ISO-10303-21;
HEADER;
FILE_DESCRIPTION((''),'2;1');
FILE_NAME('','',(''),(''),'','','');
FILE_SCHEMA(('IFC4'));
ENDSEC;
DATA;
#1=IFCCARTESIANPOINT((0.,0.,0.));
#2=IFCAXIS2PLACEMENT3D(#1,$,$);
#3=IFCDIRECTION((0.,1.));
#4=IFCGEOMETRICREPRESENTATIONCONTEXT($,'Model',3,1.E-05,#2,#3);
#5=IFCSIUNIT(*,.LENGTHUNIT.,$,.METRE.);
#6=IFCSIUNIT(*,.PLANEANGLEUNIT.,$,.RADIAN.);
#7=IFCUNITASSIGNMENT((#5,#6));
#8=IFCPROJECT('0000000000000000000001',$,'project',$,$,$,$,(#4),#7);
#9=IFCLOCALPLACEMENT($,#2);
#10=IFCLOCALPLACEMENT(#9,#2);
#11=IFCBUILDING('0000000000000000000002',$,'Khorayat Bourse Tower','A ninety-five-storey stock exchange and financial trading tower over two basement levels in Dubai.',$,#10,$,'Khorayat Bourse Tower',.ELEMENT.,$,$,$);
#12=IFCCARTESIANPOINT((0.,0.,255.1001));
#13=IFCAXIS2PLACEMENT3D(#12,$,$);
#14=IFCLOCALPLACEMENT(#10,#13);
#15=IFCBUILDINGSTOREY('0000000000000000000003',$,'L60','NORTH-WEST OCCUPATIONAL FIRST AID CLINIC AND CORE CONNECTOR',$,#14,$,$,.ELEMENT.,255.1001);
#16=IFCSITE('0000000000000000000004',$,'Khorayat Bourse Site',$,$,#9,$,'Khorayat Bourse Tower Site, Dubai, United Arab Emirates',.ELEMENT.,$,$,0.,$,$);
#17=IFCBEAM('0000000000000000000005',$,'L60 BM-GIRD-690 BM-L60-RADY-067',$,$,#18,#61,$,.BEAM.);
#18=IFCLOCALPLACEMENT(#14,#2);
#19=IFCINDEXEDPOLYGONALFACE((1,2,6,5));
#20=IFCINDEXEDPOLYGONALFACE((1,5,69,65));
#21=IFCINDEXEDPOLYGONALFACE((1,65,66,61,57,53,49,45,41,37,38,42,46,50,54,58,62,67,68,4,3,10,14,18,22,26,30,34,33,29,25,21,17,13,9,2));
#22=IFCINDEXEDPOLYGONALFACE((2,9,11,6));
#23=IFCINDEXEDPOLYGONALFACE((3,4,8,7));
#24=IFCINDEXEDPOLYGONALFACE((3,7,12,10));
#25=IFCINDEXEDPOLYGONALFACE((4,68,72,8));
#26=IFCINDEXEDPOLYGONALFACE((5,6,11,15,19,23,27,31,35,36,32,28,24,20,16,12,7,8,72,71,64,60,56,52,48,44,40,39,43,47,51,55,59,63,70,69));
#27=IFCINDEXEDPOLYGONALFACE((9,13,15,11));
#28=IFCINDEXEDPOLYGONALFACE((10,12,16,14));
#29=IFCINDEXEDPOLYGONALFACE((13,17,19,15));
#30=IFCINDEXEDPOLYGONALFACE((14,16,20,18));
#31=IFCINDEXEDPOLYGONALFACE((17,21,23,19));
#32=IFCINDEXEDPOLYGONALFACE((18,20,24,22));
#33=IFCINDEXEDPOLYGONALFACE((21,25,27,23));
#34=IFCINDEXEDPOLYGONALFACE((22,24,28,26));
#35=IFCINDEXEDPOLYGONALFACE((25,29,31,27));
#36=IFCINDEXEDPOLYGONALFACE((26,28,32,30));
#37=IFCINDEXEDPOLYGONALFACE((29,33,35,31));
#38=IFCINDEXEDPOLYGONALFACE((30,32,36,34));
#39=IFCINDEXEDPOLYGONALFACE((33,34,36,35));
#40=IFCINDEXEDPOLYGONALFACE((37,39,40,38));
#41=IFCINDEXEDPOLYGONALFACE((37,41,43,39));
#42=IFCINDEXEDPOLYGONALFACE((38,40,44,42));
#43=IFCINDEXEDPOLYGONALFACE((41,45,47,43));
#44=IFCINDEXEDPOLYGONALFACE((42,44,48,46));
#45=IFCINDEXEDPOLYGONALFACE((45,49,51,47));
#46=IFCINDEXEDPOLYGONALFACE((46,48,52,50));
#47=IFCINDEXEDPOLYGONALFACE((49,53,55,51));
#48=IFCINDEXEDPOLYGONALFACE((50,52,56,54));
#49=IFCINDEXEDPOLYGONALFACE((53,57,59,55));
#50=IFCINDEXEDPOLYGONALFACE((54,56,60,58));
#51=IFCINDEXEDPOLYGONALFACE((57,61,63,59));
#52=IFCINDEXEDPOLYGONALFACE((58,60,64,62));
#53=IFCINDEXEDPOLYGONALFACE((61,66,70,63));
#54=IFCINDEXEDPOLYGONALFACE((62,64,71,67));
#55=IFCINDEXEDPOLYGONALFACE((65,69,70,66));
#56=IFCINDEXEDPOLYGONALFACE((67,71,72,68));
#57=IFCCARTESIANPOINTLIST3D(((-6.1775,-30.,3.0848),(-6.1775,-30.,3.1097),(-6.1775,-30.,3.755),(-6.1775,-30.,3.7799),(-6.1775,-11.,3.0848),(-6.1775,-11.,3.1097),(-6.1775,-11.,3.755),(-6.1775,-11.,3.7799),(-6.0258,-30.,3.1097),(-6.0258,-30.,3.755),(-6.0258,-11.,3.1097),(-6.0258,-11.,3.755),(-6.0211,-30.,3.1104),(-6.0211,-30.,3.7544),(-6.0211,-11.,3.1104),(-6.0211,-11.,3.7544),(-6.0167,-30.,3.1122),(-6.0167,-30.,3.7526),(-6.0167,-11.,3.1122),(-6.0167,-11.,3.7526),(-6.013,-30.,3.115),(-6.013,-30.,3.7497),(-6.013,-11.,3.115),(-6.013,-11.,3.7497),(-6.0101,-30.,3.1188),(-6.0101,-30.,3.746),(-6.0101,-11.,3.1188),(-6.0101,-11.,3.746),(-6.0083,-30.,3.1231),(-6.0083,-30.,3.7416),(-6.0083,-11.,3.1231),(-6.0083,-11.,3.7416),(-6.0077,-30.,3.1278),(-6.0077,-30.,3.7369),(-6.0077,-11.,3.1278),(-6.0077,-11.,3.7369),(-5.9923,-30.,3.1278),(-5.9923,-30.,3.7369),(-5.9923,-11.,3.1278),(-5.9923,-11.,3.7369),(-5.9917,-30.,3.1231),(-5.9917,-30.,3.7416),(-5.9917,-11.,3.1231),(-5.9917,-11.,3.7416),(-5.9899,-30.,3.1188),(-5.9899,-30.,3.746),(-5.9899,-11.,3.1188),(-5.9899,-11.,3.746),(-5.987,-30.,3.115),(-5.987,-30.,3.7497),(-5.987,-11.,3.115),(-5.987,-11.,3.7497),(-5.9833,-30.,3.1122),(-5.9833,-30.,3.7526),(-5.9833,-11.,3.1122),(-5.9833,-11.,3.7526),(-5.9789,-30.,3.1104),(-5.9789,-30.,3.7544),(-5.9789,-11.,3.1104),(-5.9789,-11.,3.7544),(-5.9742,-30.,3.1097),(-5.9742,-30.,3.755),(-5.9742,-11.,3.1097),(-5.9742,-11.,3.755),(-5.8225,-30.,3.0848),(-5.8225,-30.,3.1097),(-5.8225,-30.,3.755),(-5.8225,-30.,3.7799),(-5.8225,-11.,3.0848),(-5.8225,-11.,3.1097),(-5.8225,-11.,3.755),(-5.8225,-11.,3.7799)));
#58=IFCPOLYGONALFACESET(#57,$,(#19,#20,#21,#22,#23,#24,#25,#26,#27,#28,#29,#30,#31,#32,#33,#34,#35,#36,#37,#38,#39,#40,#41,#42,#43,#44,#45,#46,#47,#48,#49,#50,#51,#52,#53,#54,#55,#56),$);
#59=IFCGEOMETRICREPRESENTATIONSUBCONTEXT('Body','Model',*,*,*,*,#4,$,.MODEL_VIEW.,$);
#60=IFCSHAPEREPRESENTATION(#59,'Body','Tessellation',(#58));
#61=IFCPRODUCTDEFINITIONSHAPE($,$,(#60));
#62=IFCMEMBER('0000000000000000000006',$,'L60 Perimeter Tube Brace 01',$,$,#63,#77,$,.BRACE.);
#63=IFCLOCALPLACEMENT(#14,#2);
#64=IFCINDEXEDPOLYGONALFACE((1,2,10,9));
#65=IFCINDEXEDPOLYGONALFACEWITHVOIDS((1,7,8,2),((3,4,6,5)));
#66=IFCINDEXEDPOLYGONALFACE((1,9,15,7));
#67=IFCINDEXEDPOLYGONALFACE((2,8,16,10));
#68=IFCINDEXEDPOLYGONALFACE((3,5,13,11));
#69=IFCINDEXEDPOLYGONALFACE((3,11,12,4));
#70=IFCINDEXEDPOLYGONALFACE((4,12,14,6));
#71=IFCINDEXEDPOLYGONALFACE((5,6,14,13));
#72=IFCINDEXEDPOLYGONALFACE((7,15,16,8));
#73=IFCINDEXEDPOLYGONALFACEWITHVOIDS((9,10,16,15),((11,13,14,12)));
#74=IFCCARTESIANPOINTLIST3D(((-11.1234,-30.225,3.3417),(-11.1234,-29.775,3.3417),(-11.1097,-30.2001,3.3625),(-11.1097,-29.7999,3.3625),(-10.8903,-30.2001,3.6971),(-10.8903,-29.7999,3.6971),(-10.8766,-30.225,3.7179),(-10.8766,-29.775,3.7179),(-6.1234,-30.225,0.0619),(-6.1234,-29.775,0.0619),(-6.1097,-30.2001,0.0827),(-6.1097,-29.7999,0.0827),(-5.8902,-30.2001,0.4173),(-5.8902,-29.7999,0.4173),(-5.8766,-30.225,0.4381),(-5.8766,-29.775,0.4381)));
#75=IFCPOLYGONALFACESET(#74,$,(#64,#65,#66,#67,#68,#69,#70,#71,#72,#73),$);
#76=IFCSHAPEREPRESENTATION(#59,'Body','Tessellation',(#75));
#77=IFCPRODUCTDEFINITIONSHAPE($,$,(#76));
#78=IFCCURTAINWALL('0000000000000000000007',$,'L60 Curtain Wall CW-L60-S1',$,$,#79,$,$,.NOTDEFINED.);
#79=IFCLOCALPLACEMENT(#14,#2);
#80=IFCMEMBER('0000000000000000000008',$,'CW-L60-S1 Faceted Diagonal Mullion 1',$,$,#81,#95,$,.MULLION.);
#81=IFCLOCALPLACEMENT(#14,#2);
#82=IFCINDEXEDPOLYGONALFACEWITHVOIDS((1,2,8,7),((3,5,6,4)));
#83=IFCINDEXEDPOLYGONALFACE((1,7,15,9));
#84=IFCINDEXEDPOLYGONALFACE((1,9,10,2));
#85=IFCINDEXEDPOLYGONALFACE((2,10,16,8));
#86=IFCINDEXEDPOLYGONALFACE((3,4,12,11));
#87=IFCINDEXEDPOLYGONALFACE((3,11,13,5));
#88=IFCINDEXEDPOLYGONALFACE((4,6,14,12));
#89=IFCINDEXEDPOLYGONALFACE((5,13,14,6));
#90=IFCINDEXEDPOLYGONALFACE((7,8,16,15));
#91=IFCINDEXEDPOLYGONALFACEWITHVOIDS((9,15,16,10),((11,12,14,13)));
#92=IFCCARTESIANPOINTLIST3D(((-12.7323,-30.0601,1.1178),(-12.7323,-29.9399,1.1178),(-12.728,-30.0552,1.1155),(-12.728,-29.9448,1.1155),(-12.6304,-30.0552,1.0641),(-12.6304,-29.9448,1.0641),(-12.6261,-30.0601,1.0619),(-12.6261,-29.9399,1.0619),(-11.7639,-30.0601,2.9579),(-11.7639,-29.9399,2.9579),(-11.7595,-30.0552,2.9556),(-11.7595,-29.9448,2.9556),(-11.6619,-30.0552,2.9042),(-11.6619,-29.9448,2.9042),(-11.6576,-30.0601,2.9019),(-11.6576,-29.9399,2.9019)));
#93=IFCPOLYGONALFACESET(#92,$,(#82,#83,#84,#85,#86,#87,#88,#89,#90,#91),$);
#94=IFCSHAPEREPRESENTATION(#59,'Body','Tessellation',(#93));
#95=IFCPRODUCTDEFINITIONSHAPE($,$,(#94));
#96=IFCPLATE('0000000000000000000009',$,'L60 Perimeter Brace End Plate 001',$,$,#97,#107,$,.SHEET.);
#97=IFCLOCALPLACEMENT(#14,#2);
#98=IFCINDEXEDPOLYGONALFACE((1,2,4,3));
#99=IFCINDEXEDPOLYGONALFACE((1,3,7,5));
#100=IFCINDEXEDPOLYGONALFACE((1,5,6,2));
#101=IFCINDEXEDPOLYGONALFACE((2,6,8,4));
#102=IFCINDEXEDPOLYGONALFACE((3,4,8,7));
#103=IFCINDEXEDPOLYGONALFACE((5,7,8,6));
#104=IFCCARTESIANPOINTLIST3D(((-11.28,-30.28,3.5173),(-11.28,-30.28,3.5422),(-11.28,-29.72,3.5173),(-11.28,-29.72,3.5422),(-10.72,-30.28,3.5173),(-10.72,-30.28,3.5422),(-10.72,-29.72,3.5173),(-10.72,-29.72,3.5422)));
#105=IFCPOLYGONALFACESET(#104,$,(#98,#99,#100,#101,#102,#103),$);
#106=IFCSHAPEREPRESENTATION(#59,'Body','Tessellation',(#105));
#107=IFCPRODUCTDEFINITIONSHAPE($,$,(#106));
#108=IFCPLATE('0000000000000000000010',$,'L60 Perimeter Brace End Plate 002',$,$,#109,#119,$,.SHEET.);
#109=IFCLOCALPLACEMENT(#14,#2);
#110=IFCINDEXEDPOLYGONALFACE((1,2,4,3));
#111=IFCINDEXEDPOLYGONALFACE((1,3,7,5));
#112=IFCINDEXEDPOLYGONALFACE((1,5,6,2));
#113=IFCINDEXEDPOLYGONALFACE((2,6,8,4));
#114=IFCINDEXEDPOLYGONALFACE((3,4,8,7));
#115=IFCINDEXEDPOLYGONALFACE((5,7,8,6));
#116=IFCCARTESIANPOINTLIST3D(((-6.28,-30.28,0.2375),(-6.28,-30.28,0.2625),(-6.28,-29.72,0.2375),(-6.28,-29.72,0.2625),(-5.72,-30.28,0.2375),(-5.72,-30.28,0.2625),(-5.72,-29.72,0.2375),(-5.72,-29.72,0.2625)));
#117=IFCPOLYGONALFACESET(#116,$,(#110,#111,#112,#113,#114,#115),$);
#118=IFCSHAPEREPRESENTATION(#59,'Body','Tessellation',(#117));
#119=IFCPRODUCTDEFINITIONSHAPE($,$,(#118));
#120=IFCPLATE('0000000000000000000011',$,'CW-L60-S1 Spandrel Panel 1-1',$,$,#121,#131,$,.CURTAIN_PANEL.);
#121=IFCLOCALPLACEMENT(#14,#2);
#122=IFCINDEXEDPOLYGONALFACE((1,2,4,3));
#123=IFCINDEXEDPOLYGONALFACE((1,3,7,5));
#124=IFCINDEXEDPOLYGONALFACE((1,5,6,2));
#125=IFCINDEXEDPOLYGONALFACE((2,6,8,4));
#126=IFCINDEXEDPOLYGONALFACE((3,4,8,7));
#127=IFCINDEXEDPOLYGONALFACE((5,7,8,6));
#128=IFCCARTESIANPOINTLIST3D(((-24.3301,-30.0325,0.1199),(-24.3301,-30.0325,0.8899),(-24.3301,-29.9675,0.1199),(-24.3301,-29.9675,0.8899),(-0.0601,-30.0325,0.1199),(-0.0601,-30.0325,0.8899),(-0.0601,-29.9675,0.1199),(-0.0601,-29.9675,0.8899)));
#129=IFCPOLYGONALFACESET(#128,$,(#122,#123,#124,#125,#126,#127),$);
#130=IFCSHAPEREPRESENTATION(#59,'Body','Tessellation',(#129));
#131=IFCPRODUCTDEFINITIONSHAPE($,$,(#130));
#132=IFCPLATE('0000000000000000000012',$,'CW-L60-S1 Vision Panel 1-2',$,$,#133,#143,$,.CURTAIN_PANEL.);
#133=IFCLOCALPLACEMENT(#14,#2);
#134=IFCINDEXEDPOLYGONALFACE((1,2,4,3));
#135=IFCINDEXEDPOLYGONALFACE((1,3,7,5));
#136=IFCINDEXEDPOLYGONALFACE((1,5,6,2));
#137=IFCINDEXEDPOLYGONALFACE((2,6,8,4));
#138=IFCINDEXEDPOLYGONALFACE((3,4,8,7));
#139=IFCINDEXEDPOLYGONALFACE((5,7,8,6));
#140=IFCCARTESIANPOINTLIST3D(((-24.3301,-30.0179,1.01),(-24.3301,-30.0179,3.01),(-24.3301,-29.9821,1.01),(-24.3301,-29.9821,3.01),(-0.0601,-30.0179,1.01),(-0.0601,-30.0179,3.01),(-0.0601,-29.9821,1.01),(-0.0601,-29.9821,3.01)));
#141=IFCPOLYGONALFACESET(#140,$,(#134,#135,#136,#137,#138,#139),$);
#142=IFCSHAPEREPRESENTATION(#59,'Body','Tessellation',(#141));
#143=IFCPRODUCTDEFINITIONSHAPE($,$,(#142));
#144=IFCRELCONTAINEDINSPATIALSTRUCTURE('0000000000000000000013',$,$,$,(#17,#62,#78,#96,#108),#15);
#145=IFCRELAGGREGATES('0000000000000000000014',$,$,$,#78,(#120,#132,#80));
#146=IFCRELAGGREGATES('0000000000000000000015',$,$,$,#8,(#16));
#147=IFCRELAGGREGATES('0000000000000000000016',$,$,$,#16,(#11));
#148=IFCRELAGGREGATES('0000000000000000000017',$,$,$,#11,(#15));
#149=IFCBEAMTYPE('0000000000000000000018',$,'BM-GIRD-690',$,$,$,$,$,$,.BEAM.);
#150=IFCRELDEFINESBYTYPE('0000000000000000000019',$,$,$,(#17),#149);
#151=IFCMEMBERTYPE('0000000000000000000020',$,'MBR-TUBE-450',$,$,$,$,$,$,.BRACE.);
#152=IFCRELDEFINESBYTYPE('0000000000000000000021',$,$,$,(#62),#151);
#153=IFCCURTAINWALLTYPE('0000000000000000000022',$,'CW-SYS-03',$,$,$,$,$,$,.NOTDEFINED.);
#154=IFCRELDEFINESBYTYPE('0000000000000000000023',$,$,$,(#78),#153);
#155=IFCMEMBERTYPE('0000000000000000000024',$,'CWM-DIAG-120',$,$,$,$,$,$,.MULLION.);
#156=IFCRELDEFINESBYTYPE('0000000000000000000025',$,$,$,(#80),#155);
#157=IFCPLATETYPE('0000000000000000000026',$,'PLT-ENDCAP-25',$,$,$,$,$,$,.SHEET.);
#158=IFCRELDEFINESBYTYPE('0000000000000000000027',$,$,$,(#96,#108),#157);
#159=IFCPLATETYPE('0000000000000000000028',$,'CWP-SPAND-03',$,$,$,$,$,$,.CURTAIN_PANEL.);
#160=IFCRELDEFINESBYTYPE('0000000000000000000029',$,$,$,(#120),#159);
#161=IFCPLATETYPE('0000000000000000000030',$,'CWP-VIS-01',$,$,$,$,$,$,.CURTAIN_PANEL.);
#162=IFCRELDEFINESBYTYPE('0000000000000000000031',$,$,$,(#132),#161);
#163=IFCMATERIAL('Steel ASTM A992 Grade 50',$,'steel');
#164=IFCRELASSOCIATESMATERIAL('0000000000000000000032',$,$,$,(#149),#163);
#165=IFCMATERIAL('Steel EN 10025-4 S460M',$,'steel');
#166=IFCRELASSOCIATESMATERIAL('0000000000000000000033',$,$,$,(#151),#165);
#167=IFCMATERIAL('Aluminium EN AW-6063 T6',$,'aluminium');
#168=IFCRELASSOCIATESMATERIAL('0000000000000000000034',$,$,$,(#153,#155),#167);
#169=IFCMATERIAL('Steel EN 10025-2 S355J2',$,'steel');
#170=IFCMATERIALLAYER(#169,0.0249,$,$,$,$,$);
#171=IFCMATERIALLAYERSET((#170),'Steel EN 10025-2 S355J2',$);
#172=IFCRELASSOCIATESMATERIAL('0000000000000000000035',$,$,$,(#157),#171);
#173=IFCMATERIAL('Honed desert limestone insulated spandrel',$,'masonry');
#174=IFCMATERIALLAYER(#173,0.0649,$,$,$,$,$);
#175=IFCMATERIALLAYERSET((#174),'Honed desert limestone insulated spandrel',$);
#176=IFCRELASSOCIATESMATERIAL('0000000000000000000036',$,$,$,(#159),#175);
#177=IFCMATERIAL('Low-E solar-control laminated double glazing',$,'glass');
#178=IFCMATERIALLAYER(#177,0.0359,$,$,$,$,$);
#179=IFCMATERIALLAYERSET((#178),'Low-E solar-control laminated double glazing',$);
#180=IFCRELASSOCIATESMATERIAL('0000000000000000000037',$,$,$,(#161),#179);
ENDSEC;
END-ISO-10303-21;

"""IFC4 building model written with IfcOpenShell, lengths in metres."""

from ifc_helpers import new_model, si_unit, direction, frame, origin, origin_2d, place, context, subcontext, project, spatial, rectangle, hollow_rectangle, i_section, extrude, source, transform, mapped, material, layer, layer_set, material_profile, profile_set, type_object, element, aggregate, save


model = new_model("IFC4")

# Units and contexts
model_context = context("Model", 3, precision=1e-05, world=origin(), true_north=direction((0.0, 1.0)))
body_context = subcontext(model_context, "Body", "Model", "MODEL_VIEW")
ifc_project = project(units=[si_unit("LENGTHUNIT", "METRE"), si_unit("PLANEANGLEUNIT", "RADIAN")], contexts=[model_context])

# Site, building, storey
site_placement = place(None, origin())
site = spatial("IfcSite", under=ifc_project, at=site_placement, Name="Khorayat Bourse Site", LongName="Khorayat Bourse Tower Site, Dubai, United Arab Emirates", CompositionType="ELEMENT", RefElevation=0.0)
building_placement = place(site_placement, origin())
building = spatial("IfcBuilding", under=site, at=building_placement, Name="Khorayat Bourse Tower", Description="A ninety-five-storey stock exchange and financial trading tower over two basement levels in Dubai.", LongName="Khorayat Bourse Tower", CompositionType="ELEMENT")
storey_placement = place(building_placement, frame((0.0, 0.0, 255.1001)))
storey = spatial("IfcBuildingStorey", under=building, at=storey_placement, Name="L60", Description="NORTH-WEST OCCUPATIONAL FIRST AID CLINIC AND CORE CONNECTOR", CompositionType="ELEMENT", Elevation=255.1001)

# Shared definitions
ifc_material_1 = material(Name="Steel EN 10025-4 S460M", Category="steel")

# Beam
ifc_material_2 = material(Name="Steel ASTM A992 Grade 50", Category="steel")
ifc_material_profile_1 = material_profile(ifc_material_2, i_section(OverallWidth=0.355, OverallDepth=0.6951, WebThickness=0.0154, FlangeThickness=0.0249, FilletRadius=0.0181, at=origin_2d()), Name="W690X217")
ifc_profile_set_1 = profile_set([ifc_material_profile_1], Name="Steel ASTM A992 Grade 50")
beam_type_1 = type_object("IfcBeamType", Name="BM-GIRD-690", PredefinedType="BEAM", material=ifc_profile_set_1)
shared_shape_1 = source(origin(), body_context, "Body", "SweptSolid", [
    extrude(i_section(OverallWidth=0.355, OverallDepth=0.6951, WebThickness=0.0154, FlangeThickness=0.0249, FilletRadius=0.0181, at=origin_2d()), origin(), (0.0, 0.0, 1.0), 19.0),
])
for number, where, z_axis, x_axis, name in (
    (1, (-6.0, -30.0, 3.4324), (0.0, 1.0, 0.0), (-1.0, 0.0, 0.0), "L60 BM-GIRD-690 BM-L60-RADY-067"),
):
    element("IfcBeam", number, at=place(storey_placement, frame(where, z_axis=z_axis, x_axis=x_axis)), inside=storey, type_object=beam_type_1, Name=name, PredefinedType="BEAM", context=body_context, shape_type="MappedRepresentation", body=[
        mapped(shared_shape_1, transform((0.0, 0.0, 0.0), scale=1.0)),
    ])

# Member
ifc_material_profile_2 = material_profile(ifc_material_1, hollow_rectangle(XDim=0.45, YDim=0.45, WallThickness=0.0249, at=origin_2d()), Name="HSS 450x450x25")
ifc_profile_set_2 = profile_set([ifc_material_profile_2], Name="Steel EN 10025-4 S460M")
member_type_1 = type_object("IfcMemberType", Name="MBR-TUBE-450", PredefinedType="BRACE", material=ifc_profile_set_2)
shared_shape_2 = source(origin(), body_context, "Body", "SweptSolid", [
    extrude(hollow_rectangle(XDim=0.45, YDim=0.45, WallThickness=0.0249, at=origin_2d()), origin(), (0.0, 0.0, 1.0), 5.9797),
])
member_1_placement = place(storey_placement, frame((-11.0, -30.0, 3.5298), z_axis=(0.83616, 0.0, -0.548485), x_axis=(0.0, 1.0, 0.0)))
element("IfcMember", 2, at=member_1_placement, inside=storey, type_object=member_type_1, Name="L60 Perimeter Tube Brace 01", PredefinedType="BRACE", context=body_context, shape_type="MappedRepresentation", body=[
    mapped(shared_shape_2, transform((0.0, 0.0, 0.0), scale=1.0)),
])

# Curtain wall, member
ifc_material_3 = material(Name="Aluminium EN AW-6063 T6", Category="aluminium")
curtain_wall_type = type_object("IfcCurtainWallType", Name="CW-SYS-03", PredefinedType="NOTDEFINED", material=ifc_material_3)
curtain_wall_placement = place(storey_placement, origin())
curtain_wall = element("IfcCurtainWall", 3, at=curtain_wall_placement, inside=storey, type_object=curtain_wall_type, Name="L60 Curtain Wall CW-L60-S1", PredefinedType="NOTDEFINED")
ifc_material_profile_3 = material_profile(ifc_material_3, hollow_rectangle(XDim=0.1201, YDim=0.1201, WallThickness=0.0049, at=origin_2d()), Name="ALU 120x120x5")
ifc_profile_set_3 = profile_set([ifc_material_profile_3], Name="Aluminium EN AW-6063 T6")
member_type_2 = type_object("IfcMemberType", Name="CWM-DIAG-120", PredefinedType="MULLION", material=ifc_profile_set_3)
shared_shape_3 = source(origin(), body_context, "Body", "SweptSolid", [
    extrude(hollow_rectangle(XDim=0.1201, YDim=0.1201, WallThickness=0.0049, at=origin_2d()), origin(), (0.0, 0.0, 1.0), 2.0793),
])
member_2_placement = place(storey_placement, frame((-12.6792, -30.0, 1.0898), z_axis=(0.465761, 0.0, 0.884911), x_axis=(0.0, 1.0, 0.0)))
member_2 = element("IfcMember", 4, at=member_2_placement, type_object=member_type_2, Name="CW-L60-S1 Faceted Diagonal Mullion 1", PredefinedType="MULLION", context=body_context, shape_type="MappedRepresentation", body=[
    mapped(shared_shape_3, transform((0.0, 0.0, 0.0), scale=1.0)),
])

# Plates
ifc_material_4 = material(Name="Steel EN 10025-2 S355J2", Category="steel")
ifc_layer_1 = layer(ifc_material_4, 0.0249)
ifc_layer_set_1 = layer_set([ifc_layer_1], Name="Steel EN 10025-2 S355J2")
plate_type_1 = type_object("IfcPlateType", Name="PLT-ENDCAP-25", PredefinedType="SHEET", material=ifc_layer_set_1)
shared_shape_4 = source(origin(), body_context, "Body", "SweptSolid", [
    extrude(rectangle(XDim=0.5601, YDim=0.5601, at=origin_2d()), origin(), (0.0, 0.0, 1.0), 0.0249),
])
for number, where, z_axis, x_axis, name in (
    (5, (-11.0, -30.0, 3.5173), (0.0, 0.0, 1.0), (1.0, 0.0, 0.0), "L60 Perimeter Brace End Plate 001"),
    (6, (-6.0, -30.0, 0.2375), (0.0, 0.0, 1.0), (1.0, 0.0, 0.0), "L60 Perimeter Brace End Plate 002"),
):
    element("IfcPlate", number, at=place(storey_placement, frame(where, z_axis=z_axis, x_axis=x_axis)), inside=storey, type_object=plate_type_1, Name=name, PredefinedType="SHEET", context=body_context, shape_type="MappedRepresentation", body=[
        mapped(shared_shape_4, transform((0.0, 0.0, 0.0), scale=1.0)),
    ])

# Plates
ifc_material_5 = material(Name="Honed desert limestone insulated spandrel", Category="masonry")
ifc_layer_2 = layer(ifc_material_5, 0.0649)
ifc_layer_set_2 = layer_set([ifc_layer_2], Name="Honed desert limestone insulated spandrel")
plate_type_2 = type_object("IfcPlateType", Name="CWP-SPAND-03", PredefinedType="CURTAIN_PANEL", material=ifc_layer_set_2)
shared_shape_5 = source(origin(), body_context, "Body", "SweptSolid", [
    extrude(rectangle(XDim=24.27, YDim=0.0649, at=origin_2d()), origin(), (0.0, 0.0, 1.0), 0.77),
])
plate_1_placement = place(storey_placement, frame((-12.1951, -30.0, 0.1199), z_axis=(0.0, 0.0, 1.0), x_axis=(1.0, 0.0, 0.0)))
plate_1 = element("IfcPlate", 7, at=plate_1_placement, type_object=plate_type_2, Name="CW-L60-S1 Spandrel Panel 1-1", PredefinedType="CURTAIN_PANEL", context=body_context, shape_type="MappedRepresentation", body=[
    mapped(shared_shape_5, transform((0.0, 0.0, 0.0), scale=1.0)),
])
ifc_material_6 = material(Name="Low-E solar-control laminated double glazing", Category="glass")
ifc_layer_3 = layer(ifc_material_6, 0.0359)
ifc_layer_set_3 = layer_set([ifc_layer_3], Name="Low-E solar-control laminated double glazing")
plate_type_3 = type_object("IfcPlateType", Name="CWP-VIS-01", PredefinedType="CURTAIN_PANEL", material=ifc_layer_set_3)
shared_shape_6 = source(origin(), body_context, "Body", "SweptSolid", [
    extrude(rectangle(XDim=24.27, YDim=0.0359, at=origin_2d()), origin(), (0.0, 0.0, 1.0), 2.0),
])
plate_2_placement = place(storey_placement, frame((-12.1951, -30.0, 1.01), z_axis=(0.0, 0.0, 1.0), x_axis=(1.0, 0.0, 0.0)))
plate_2 = element("IfcPlate", 8, at=plate_2_placement, type_object=plate_type_3, Name="CW-L60-S1 Vision Panel 1-2", PredefinedType="CURTAIN_PANEL", context=body_context, shape_type="MappedRepresentation", body=[
    mapped(shared_shape_6, transform((0.0, 0.0, 0.0), scale=1.0)),
])
aggregate(curtain_wall, [plate_1, plate_2, member_2])

save(model, "model.ifc")
